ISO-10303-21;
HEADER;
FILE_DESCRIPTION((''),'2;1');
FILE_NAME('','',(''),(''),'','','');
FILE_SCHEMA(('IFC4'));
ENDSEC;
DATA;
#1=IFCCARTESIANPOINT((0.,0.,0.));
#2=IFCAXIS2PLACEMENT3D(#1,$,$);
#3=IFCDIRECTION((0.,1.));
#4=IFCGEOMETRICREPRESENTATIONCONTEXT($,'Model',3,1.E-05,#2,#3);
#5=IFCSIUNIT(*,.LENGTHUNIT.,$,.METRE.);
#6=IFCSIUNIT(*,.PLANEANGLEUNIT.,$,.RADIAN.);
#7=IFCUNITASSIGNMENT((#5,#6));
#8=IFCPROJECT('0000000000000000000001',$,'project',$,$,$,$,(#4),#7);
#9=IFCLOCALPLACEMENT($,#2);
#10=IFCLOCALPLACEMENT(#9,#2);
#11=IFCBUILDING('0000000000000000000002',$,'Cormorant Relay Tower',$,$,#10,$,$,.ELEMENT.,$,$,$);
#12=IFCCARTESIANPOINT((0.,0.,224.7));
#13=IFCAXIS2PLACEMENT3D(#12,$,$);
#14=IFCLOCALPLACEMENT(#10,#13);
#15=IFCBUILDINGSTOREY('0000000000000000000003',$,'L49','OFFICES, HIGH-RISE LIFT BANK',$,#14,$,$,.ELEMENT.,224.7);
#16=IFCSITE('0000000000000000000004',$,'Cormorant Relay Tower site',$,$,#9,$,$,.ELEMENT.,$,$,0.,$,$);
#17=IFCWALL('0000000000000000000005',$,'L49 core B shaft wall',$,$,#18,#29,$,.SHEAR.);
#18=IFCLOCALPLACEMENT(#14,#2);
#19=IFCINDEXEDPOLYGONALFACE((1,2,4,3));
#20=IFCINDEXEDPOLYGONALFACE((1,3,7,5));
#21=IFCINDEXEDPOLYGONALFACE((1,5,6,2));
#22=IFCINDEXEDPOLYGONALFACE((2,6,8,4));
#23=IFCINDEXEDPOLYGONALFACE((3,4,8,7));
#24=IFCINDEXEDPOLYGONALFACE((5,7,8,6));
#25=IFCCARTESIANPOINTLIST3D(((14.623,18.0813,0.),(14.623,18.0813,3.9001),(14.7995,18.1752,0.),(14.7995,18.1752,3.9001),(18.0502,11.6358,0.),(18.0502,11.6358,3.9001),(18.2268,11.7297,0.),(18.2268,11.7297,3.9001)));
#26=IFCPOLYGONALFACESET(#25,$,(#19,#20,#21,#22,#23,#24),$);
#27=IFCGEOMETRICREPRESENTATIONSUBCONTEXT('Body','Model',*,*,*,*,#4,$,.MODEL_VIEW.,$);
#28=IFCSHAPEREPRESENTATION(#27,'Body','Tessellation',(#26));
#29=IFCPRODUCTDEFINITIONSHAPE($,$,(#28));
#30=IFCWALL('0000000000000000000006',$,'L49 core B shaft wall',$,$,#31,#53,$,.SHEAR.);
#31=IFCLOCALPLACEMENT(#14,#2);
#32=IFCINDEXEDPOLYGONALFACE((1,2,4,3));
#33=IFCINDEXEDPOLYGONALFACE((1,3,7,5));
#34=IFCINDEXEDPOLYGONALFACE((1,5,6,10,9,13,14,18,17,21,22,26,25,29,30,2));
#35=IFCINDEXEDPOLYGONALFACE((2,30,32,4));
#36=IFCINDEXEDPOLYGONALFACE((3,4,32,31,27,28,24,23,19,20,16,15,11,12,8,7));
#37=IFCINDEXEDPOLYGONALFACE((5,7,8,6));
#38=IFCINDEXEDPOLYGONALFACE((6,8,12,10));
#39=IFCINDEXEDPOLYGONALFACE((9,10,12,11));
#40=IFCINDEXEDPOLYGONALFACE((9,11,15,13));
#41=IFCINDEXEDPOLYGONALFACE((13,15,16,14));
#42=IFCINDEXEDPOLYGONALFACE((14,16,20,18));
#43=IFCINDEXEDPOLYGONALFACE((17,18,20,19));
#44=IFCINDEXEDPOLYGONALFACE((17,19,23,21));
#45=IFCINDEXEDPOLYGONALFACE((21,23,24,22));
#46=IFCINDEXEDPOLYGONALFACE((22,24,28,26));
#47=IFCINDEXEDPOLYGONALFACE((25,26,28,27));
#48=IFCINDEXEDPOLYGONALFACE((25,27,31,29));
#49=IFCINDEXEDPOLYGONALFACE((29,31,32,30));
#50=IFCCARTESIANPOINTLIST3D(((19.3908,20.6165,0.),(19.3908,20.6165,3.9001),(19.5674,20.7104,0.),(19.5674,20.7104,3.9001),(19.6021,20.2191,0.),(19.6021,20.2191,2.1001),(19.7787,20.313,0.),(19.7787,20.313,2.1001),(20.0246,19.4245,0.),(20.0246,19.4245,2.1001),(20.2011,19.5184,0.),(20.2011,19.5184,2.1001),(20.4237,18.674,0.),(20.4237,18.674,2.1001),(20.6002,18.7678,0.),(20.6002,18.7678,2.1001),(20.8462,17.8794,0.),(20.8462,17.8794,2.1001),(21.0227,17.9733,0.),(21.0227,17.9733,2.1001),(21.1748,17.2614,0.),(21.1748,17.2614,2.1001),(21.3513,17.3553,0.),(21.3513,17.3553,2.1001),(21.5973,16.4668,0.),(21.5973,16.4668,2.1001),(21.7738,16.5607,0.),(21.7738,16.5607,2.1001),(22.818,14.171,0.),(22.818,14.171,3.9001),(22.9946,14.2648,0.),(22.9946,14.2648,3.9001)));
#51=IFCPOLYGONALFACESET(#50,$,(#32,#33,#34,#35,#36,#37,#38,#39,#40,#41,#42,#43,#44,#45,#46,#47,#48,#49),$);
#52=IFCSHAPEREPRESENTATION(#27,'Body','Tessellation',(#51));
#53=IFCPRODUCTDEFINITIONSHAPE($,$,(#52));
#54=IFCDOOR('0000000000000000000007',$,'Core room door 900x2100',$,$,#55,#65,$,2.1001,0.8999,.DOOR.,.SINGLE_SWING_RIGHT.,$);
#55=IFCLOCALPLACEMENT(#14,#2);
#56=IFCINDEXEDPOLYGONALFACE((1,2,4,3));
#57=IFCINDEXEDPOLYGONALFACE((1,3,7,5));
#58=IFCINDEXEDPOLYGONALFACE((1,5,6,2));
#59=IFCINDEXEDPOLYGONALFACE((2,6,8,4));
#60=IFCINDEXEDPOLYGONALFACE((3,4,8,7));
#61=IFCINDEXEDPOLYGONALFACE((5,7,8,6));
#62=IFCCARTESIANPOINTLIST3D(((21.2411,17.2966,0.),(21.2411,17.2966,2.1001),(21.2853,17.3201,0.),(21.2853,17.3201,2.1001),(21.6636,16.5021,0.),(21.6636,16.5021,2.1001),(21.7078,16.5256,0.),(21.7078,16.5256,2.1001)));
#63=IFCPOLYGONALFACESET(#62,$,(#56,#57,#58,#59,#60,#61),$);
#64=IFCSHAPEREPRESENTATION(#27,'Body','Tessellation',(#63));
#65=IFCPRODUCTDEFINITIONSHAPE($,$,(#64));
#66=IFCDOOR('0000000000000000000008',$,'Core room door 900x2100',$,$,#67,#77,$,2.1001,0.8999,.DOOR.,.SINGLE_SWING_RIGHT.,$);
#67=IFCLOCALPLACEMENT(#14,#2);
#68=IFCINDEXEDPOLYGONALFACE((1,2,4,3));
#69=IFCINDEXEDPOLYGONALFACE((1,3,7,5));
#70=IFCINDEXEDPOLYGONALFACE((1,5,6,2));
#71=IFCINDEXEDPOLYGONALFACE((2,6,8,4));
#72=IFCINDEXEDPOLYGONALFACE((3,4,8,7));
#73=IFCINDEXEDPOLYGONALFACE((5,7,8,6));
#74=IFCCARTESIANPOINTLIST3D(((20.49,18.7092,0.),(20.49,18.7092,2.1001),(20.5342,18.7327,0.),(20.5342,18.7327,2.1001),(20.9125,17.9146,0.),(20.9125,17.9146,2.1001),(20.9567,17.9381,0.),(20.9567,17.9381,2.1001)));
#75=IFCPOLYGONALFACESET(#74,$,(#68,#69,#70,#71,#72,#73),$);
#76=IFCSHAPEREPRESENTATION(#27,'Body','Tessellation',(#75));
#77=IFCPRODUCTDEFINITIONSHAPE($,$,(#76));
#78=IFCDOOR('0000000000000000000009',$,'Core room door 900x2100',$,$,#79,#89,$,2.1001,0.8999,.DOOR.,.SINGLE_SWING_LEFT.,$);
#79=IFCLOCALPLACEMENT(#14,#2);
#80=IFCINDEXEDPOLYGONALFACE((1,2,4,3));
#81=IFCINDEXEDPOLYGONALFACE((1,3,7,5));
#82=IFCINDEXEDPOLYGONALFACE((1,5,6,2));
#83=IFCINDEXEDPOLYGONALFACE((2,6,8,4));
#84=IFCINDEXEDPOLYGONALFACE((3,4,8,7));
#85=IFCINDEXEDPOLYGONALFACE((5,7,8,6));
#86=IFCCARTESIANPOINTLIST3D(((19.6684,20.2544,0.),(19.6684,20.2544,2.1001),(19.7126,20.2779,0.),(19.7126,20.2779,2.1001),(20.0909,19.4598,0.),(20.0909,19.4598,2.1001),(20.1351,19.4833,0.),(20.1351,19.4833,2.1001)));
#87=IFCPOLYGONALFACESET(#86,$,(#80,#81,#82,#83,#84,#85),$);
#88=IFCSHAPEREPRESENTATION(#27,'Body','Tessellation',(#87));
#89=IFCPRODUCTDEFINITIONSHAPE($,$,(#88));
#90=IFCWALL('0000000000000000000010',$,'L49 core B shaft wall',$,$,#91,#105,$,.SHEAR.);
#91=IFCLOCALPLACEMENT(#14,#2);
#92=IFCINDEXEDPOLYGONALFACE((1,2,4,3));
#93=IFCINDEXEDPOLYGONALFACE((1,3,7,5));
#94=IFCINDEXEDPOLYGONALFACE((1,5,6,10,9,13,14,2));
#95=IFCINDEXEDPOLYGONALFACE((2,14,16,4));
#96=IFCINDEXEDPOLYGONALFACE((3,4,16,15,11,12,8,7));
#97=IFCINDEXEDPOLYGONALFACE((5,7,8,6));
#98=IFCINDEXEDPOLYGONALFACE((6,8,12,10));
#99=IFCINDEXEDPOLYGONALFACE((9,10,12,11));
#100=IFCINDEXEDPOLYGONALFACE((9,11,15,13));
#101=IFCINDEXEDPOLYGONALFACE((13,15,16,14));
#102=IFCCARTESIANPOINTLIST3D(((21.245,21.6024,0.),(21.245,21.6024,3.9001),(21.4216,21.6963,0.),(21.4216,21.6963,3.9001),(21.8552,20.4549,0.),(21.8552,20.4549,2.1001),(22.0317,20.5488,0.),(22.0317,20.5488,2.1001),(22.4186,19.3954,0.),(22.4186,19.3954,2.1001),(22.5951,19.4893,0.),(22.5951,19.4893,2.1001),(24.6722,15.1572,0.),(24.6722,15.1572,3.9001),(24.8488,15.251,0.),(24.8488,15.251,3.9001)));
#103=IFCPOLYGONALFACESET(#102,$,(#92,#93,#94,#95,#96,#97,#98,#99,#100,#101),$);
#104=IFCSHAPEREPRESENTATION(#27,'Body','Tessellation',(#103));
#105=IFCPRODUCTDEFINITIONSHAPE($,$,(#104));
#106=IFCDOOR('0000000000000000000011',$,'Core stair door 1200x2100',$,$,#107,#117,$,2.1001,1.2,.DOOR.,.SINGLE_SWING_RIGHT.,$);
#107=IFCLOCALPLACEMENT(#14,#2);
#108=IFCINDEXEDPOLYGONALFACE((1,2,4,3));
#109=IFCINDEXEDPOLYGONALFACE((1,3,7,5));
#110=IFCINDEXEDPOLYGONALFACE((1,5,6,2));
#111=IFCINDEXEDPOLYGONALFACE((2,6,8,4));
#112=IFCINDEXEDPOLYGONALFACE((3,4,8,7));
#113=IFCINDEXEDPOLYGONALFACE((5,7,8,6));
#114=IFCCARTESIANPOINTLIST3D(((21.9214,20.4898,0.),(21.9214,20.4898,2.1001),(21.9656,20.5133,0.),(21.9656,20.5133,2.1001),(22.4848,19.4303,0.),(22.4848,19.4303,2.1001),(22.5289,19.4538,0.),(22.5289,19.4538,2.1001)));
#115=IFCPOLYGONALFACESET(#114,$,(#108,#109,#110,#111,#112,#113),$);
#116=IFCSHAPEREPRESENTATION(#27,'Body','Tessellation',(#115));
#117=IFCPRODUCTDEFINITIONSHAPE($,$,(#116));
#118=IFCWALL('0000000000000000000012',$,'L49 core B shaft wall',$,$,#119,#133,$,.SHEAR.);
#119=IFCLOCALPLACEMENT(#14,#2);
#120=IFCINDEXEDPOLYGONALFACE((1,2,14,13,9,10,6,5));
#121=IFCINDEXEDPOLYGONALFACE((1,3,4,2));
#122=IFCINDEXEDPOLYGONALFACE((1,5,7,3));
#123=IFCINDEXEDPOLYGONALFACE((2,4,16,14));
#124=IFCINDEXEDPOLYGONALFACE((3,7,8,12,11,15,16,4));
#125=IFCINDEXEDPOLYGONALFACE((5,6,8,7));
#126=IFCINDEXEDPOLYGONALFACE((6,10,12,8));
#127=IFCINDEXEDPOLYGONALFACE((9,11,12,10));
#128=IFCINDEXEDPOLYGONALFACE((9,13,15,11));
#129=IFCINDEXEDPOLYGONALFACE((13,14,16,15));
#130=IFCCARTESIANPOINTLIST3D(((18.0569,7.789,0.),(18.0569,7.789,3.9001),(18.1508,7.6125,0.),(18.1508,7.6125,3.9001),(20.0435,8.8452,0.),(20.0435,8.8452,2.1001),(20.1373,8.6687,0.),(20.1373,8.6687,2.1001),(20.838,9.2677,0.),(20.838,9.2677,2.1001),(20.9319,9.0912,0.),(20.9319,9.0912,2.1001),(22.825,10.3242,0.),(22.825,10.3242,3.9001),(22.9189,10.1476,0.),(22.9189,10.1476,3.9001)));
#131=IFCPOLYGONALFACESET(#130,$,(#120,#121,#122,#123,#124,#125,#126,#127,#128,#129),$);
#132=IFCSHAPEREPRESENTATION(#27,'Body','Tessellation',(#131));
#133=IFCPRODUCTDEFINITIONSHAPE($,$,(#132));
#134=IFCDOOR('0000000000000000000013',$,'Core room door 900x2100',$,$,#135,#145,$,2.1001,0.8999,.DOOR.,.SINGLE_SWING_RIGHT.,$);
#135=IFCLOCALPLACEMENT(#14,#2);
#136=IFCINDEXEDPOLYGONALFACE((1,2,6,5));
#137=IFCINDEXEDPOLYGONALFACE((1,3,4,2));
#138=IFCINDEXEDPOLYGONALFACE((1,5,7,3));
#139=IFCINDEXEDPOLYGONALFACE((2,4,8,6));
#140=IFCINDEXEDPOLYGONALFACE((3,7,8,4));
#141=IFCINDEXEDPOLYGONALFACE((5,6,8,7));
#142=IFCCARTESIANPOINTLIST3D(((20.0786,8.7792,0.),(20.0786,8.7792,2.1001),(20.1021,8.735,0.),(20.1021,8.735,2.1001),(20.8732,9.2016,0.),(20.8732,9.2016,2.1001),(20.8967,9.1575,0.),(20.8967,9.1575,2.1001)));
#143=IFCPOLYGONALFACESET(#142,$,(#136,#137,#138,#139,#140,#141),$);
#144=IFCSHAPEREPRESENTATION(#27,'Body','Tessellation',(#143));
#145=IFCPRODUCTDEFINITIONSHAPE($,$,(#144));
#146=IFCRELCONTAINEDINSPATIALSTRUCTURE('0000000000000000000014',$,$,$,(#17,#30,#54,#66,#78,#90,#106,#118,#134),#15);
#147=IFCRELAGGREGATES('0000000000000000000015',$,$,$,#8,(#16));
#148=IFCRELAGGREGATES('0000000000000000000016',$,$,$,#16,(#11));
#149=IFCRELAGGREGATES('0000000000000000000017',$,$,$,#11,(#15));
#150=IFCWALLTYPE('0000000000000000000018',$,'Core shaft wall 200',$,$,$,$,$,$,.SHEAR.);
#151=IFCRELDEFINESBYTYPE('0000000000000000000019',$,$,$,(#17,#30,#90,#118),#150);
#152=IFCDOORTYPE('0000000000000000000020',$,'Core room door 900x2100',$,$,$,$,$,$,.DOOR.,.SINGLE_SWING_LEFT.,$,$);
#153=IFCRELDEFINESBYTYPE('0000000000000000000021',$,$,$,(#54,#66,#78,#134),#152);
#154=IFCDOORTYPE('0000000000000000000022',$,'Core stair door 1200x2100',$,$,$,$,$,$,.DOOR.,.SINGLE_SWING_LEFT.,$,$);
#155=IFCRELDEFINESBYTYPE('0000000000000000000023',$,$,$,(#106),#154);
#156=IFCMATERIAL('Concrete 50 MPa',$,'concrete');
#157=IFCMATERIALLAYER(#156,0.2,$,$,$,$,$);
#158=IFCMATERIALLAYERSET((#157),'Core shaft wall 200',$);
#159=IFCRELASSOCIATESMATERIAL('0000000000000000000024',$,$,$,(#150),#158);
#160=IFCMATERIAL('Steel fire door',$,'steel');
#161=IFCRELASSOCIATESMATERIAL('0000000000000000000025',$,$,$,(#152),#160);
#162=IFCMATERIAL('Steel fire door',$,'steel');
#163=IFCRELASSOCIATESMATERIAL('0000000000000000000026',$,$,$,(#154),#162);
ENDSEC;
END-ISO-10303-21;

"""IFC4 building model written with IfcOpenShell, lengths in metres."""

from ifc_helpers import new_model, si_unit, direction, frame, frame_2d, origin, place, context, subcontext, project, spatial, rectangle, extrude, material, layer, layer_set, type_object, element, fill, save


model = new_model("IFC4")

# Units and contexts
model_context = context("Model", 3, precision=1e-05, world=origin(), true_north=direction((0.0, 1.0)))
body_context = subcontext(model_context, "Body", "Model", "MODEL_VIEW")
ifc_project = project(units=[si_unit("LENGTHUNIT", "METRE"), si_unit("PLANEANGLEUNIT", "RADIAN")], contexts=[model_context])

# Site, building, storey
site_placement = place(None, origin())
site = spatial("IfcSite", under=ifc_project, at=site_placement, Name="Cormorant Relay Tower site", CompositionType="ELEMENT", RefElevation=0.0)
building_placement = place(site_placement, origin())
building = spatial("IfcBuilding", under=site, at=building_placement, Name="Cormorant Relay Tower", CompositionType="ELEMENT")
storey_placement = place(building_placement, frame((0.0, 0.0, 224.7)))
storey = spatial("IfcBuildingStorey", under=building, at=storey_placement, Name="L49", Description="OFFICES, HIGH-RISE LIFT BANK", CompositionType="ELEMENT", Elevation=224.7)

# Wall
ifc_material_1 = material(Name="Concrete 50 MPa", Category="concrete")
ifc_layer = layer(ifc_material_1, 0.2)
ifc_layer_set = layer_set([ifc_layer], Name="Core shaft wall 200")
wall_type = type_object("IfcWallType", Name="Core shaft wall 200", PredefinedType="SHEAR", material=ifc_layer_set)
wall_1_placement = place(storey_placement, frame((18.1384, 11.6829, 0.0), z_axis=(0.0, 0.0, 1.0), x_axis=(-0.46948, 0.882943, 0.0)))
element("IfcWall", 1, at=wall_1_placement, inside=storey, type_object=wall_type, Name="L49 core B shaft wall", PredefinedType="SHEAR", context=body_context, shape_type="SweptSolid", body=[
    extrude(rectangle(XDim=7.3, YDim=0.2, at=frame_2d((3.6499, 0.0))), origin(), (0.0, 0.0, 1.0), 3.9001),
])

# Wall, openings, doors
wall_2_placement = place(storey_placement, frame((22.9062, 14.218, 0.0), z_axis=(0.0, 0.0, 1.0), x_axis=(-0.46948, 0.882943, 0.0)))
wall_2 = element("IfcWall", 2, at=wall_2_placement, inside=storey, type_object=wall_type, Name="L49 core B shaft wall", PredefinedType="SHEAR", context=body_context, shape_type="SweptSolid", body=[
    extrude(rectangle(XDim=7.3, YDim=0.2, at=frame_2d((3.6499, 0.0))), origin(), (0.0, 0.0, 1.0), 3.9001),
])
opening_1_placement = place(wall_2_placement, frame((2.6001, 0.0, 0.0)))
opening_1 = element("IfcOpeningElement", 3, at=opening_1_placement, cuts=wall_2, PredefinedType="OPENING", context=body_context, shape_type="SweptSolid", body=[
    extrude(rectangle(XDim=0.8999, YDim=2.1001, at=frame_2d((0.45, 1.05))), frame((0.0, 0.1099, 0.0), z_axis=(0.0, -1.0, 0.0), x_axis=(1.0, 0.0, 0.0)), (0.0, 0.0, 1.0), 0.22),
])
opening_2_placement = place(wall_2_placement, frame((4.2, 0.0, 0.0)))
opening_2 = element("IfcOpeningElement", 4, at=opening_2_placement, cuts=wall_2, PredefinedType="OPENING", context=body_context, shape_type="SweptSolid", body=[
    extrude(rectangle(XDim=0.8999, YDim=2.1001, at=frame_2d((0.45, 1.05))), frame((0.0, 0.1099, 0.0), z_axis=(0.0, -1.0, 0.0), x_axis=(1.0, 0.0, 0.0)), (0.0, 0.0, 1.0), 0.22),
])
opening_3_placement = place(wall_2_placement, frame((5.95, 0.0, 0.0)))
opening_3 = element("IfcOpeningElement", 5, at=opening_3_placement, cuts=wall_2, PredefinedType="OPENING", context=body_context, shape_type="SweptSolid", body=[
    extrude(rectangle(XDim=0.8999, YDim=2.1001, at=frame_2d((0.45, 1.05))), frame((0.0, 0.1099, 0.0), z_axis=(0.0, -1.0, 0.0), x_axis=(1.0, 0.0, 0.0)), (0.0, 0.0, 1.0), 0.22),
])
ifc_material_2 = material(Name="Steel fire door", Category="steel")
door_type_1 = type_object("IfcDoorType", Name="Core room door 900x2100", OperationType="SINGLE_SWING_LEFT", PredefinedType="DOOR", material=ifc_material_2)
door_1_placement = place(opening_1_placement, origin())
door_1 = element("IfcDoor", 6, at=door_1_placement, inside=storey, type_object=door_type_1, Name="Core room door 900x2100", OperationType="SINGLE_SWING_RIGHT", OverallHeight=2.1001, OverallWidth=0.8999, PredefinedType="DOOR", context=body_context, shape_type="SweptSolid", body=[
    extrude(rectangle(XDim=0.8999, YDim=2.1001, at=frame_2d((0.45, 1.05))), frame((0.0, 0.0249, 0.0), z_axis=(0.0, -1.0, 0.0), x_axis=(1.0, 0.0, 0.0)), (0.0, 0.0, 1.0), 0.05),
])
fill(opening_1, door_1)
door_2_placement = place(opening_2_placement, origin())
door_2 = element("IfcDoor", 7, at=door_2_placement, inside=storey, type_object=door_type_1, Name="Core room door 900x2100", OperationType="SINGLE_SWING_RIGHT", OverallHeight=2.1001, OverallWidth=0.8999, PredefinedType="DOOR", context=body_context, shape_type="SweptSolid", body=[
    extrude(rectangle(XDim=0.8999, YDim=2.1001, at=frame_2d((0.45, 1.05))), frame((0.0, 0.0249, 0.0), z_axis=(0.0, -1.0, 0.0), x_axis=(1.0, 0.0, 0.0)), (0.0, 0.0, 1.0), 0.05),
])
fill(opening_2, door_2)
door_3_placement = place(opening_3_placement, origin())
door_3 = element("IfcDoor", 8, at=door_3_placement, inside=storey, type_object=door_type_1, Name="Core room door 900x2100", OperationType="SINGLE_SWING_LEFT", OverallHeight=2.1001, OverallWidth=0.8999, PredefinedType="DOOR", context=body_context, shape_type="SweptSolid", body=[
    extrude(rectangle(XDim=0.8999, YDim=2.1001, at=frame_2d((0.45, 1.05))), frame((0.0, 0.0249, 0.0), z_axis=(0.0, -1.0, 0.0), x_axis=(1.0, 0.0, 0.0)), (0.0, 0.0, 1.0), 0.05),
])
fill(opening_3, door_3)

# Walls, openings, doors
wall_3_placement = place(storey_placement, frame((24.7605, 15.2041, 0.0), z_axis=(0.0, 0.0, 1.0), x_axis=(-0.469494, 0.882936, 0.0)))
wall_3 = element("IfcWall", 9, at=wall_3_placement, inside=storey, type_object=wall_type, Name="L49 core B shaft wall", PredefinedType="SHEAR", context=body_context, shape_type="SweptSolid", body=[
    extrude(rectangle(XDim=7.2998, YDim=0.2, at=frame_2d((3.6499, 0.0))), origin(), (0.0, 0.0, 1.0), 3.9001),
])
opening_4_placement = place(wall_3_placement, frame((4.8, 0.0, 0.0)))
opening_4 = element("IfcOpeningElement", 10, at=opening_4_placement, cuts=wall_3, PredefinedType="OPENING", context=body_context, shape_type="SweptSolid", body=[
    extrude(rectangle(XDim=1.2, YDim=2.1001, at=frame_2d((0.6001, 1.05))), frame((0.0, 0.1099, 0.0), z_axis=(0.0, -1.0, 0.0), x_axis=(1.0, 0.0, 0.0)), (0.0, 0.0, 1.0), 0.22),
])
ifc_material_3 = material(Name="Steel fire door", Category="steel")
door_type_2 = type_object("IfcDoorType", Name="Core stair door 1200x2100", OperationType="SINGLE_SWING_LEFT", PredefinedType="DOOR", material=ifc_material_3)
door_4_placement = place(opening_4_placement, frame((1.2, 0.0, 0.0), z_axis=(0.0, 0.0, 1.0), x_axis=(-1.0, 0.0, 0.0)))
door_4 = element("IfcDoor", 11, at=door_4_placement, inside=storey, type_object=door_type_2, Name="Core stair door 1200x2100", OperationType="SINGLE_SWING_RIGHT", OverallHeight=2.1001, OverallWidth=1.2, PredefinedType="DOOR", context=body_context, shape_type="SweptSolid", body=[
    extrude(rectangle(XDim=1.2, YDim=2.1001, at=frame_2d((0.6001, 1.05))), frame((0.0, 0.0249, 0.0), z_axis=(0.0, -1.0, 0.0), x_axis=(1.0, 0.0, 0.0)), (0.0, 0.0, 1.0), 0.05),
])
fill(opening_4, door_4)
wall_4_placement = place(storey_placement, frame((18.1038, 7.7007, 0.0), z_axis=(0.0, 0.0, 1.0), x_axis=(0.882953, 0.469462, 0.0)))
wall_4 = element("IfcWall", 12, at=wall_4_placement, inside=storey, type_object=wall_type, Name="L49 core B shaft wall", PredefinedType="SHEAR", context=body_context, shape_type="SweptSolid", body=[
    extrude(rectangle(XDim=5.4001, YDim=0.2, at=frame_2d((2.7002, 0.0))), origin(), (0.0, 0.0, 1.0), 3.9001),
])
opening_5_placement = place(wall_4_placement, frame((2.25, 0.0, 0.0)))
opening_5 = element("IfcOpeningElement", 13, at=opening_5_placement, cuts=wall_4, PredefinedType="OPENING", context=body_context, shape_type="SweptSolid", body=[
    extrude(rectangle(XDim=0.8999, YDim=2.1001, at=frame_2d((0.45, 1.05))), frame((0.0, 0.1099, 0.0), z_axis=(0.0, -1.0, 0.0), x_axis=(1.0, 0.0, 0.0)), (0.0, 0.0, 1.0), 0.22),
])
door_5_placement = place(opening_5_placement, frame((0.8999, 0.0, 0.0), z_axis=(0.0, 0.0, 1.0), x_axis=(-1.0, 0.0, 0.0)))
door_5 = element("IfcDoor", 14, at=door_5_placement, inside=storey, type_object=door_type_1, Name="Core room door 900x2100", OperationType="SINGLE_SWING_RIGHT", OverallHeight=2.1001, OverallWidth=0.8999, PredefinedType="DOOR", context=body_context, shape_type="SweptSolid", body=[
    extrude(rectangle(XDim=0.8999, YDim=2.1001, at=frame_2d((0.45, 1.05))), frame((0.0, 0.0249, 0.0), z_axis=(0.0, -1.0, 0.0), x_axis=(1.0, 0.0, 0.0)), (0.0, 0.0, 1.0), 0.05),
])
fill(opening_5, door_5)

save(model, "model.ifc")
